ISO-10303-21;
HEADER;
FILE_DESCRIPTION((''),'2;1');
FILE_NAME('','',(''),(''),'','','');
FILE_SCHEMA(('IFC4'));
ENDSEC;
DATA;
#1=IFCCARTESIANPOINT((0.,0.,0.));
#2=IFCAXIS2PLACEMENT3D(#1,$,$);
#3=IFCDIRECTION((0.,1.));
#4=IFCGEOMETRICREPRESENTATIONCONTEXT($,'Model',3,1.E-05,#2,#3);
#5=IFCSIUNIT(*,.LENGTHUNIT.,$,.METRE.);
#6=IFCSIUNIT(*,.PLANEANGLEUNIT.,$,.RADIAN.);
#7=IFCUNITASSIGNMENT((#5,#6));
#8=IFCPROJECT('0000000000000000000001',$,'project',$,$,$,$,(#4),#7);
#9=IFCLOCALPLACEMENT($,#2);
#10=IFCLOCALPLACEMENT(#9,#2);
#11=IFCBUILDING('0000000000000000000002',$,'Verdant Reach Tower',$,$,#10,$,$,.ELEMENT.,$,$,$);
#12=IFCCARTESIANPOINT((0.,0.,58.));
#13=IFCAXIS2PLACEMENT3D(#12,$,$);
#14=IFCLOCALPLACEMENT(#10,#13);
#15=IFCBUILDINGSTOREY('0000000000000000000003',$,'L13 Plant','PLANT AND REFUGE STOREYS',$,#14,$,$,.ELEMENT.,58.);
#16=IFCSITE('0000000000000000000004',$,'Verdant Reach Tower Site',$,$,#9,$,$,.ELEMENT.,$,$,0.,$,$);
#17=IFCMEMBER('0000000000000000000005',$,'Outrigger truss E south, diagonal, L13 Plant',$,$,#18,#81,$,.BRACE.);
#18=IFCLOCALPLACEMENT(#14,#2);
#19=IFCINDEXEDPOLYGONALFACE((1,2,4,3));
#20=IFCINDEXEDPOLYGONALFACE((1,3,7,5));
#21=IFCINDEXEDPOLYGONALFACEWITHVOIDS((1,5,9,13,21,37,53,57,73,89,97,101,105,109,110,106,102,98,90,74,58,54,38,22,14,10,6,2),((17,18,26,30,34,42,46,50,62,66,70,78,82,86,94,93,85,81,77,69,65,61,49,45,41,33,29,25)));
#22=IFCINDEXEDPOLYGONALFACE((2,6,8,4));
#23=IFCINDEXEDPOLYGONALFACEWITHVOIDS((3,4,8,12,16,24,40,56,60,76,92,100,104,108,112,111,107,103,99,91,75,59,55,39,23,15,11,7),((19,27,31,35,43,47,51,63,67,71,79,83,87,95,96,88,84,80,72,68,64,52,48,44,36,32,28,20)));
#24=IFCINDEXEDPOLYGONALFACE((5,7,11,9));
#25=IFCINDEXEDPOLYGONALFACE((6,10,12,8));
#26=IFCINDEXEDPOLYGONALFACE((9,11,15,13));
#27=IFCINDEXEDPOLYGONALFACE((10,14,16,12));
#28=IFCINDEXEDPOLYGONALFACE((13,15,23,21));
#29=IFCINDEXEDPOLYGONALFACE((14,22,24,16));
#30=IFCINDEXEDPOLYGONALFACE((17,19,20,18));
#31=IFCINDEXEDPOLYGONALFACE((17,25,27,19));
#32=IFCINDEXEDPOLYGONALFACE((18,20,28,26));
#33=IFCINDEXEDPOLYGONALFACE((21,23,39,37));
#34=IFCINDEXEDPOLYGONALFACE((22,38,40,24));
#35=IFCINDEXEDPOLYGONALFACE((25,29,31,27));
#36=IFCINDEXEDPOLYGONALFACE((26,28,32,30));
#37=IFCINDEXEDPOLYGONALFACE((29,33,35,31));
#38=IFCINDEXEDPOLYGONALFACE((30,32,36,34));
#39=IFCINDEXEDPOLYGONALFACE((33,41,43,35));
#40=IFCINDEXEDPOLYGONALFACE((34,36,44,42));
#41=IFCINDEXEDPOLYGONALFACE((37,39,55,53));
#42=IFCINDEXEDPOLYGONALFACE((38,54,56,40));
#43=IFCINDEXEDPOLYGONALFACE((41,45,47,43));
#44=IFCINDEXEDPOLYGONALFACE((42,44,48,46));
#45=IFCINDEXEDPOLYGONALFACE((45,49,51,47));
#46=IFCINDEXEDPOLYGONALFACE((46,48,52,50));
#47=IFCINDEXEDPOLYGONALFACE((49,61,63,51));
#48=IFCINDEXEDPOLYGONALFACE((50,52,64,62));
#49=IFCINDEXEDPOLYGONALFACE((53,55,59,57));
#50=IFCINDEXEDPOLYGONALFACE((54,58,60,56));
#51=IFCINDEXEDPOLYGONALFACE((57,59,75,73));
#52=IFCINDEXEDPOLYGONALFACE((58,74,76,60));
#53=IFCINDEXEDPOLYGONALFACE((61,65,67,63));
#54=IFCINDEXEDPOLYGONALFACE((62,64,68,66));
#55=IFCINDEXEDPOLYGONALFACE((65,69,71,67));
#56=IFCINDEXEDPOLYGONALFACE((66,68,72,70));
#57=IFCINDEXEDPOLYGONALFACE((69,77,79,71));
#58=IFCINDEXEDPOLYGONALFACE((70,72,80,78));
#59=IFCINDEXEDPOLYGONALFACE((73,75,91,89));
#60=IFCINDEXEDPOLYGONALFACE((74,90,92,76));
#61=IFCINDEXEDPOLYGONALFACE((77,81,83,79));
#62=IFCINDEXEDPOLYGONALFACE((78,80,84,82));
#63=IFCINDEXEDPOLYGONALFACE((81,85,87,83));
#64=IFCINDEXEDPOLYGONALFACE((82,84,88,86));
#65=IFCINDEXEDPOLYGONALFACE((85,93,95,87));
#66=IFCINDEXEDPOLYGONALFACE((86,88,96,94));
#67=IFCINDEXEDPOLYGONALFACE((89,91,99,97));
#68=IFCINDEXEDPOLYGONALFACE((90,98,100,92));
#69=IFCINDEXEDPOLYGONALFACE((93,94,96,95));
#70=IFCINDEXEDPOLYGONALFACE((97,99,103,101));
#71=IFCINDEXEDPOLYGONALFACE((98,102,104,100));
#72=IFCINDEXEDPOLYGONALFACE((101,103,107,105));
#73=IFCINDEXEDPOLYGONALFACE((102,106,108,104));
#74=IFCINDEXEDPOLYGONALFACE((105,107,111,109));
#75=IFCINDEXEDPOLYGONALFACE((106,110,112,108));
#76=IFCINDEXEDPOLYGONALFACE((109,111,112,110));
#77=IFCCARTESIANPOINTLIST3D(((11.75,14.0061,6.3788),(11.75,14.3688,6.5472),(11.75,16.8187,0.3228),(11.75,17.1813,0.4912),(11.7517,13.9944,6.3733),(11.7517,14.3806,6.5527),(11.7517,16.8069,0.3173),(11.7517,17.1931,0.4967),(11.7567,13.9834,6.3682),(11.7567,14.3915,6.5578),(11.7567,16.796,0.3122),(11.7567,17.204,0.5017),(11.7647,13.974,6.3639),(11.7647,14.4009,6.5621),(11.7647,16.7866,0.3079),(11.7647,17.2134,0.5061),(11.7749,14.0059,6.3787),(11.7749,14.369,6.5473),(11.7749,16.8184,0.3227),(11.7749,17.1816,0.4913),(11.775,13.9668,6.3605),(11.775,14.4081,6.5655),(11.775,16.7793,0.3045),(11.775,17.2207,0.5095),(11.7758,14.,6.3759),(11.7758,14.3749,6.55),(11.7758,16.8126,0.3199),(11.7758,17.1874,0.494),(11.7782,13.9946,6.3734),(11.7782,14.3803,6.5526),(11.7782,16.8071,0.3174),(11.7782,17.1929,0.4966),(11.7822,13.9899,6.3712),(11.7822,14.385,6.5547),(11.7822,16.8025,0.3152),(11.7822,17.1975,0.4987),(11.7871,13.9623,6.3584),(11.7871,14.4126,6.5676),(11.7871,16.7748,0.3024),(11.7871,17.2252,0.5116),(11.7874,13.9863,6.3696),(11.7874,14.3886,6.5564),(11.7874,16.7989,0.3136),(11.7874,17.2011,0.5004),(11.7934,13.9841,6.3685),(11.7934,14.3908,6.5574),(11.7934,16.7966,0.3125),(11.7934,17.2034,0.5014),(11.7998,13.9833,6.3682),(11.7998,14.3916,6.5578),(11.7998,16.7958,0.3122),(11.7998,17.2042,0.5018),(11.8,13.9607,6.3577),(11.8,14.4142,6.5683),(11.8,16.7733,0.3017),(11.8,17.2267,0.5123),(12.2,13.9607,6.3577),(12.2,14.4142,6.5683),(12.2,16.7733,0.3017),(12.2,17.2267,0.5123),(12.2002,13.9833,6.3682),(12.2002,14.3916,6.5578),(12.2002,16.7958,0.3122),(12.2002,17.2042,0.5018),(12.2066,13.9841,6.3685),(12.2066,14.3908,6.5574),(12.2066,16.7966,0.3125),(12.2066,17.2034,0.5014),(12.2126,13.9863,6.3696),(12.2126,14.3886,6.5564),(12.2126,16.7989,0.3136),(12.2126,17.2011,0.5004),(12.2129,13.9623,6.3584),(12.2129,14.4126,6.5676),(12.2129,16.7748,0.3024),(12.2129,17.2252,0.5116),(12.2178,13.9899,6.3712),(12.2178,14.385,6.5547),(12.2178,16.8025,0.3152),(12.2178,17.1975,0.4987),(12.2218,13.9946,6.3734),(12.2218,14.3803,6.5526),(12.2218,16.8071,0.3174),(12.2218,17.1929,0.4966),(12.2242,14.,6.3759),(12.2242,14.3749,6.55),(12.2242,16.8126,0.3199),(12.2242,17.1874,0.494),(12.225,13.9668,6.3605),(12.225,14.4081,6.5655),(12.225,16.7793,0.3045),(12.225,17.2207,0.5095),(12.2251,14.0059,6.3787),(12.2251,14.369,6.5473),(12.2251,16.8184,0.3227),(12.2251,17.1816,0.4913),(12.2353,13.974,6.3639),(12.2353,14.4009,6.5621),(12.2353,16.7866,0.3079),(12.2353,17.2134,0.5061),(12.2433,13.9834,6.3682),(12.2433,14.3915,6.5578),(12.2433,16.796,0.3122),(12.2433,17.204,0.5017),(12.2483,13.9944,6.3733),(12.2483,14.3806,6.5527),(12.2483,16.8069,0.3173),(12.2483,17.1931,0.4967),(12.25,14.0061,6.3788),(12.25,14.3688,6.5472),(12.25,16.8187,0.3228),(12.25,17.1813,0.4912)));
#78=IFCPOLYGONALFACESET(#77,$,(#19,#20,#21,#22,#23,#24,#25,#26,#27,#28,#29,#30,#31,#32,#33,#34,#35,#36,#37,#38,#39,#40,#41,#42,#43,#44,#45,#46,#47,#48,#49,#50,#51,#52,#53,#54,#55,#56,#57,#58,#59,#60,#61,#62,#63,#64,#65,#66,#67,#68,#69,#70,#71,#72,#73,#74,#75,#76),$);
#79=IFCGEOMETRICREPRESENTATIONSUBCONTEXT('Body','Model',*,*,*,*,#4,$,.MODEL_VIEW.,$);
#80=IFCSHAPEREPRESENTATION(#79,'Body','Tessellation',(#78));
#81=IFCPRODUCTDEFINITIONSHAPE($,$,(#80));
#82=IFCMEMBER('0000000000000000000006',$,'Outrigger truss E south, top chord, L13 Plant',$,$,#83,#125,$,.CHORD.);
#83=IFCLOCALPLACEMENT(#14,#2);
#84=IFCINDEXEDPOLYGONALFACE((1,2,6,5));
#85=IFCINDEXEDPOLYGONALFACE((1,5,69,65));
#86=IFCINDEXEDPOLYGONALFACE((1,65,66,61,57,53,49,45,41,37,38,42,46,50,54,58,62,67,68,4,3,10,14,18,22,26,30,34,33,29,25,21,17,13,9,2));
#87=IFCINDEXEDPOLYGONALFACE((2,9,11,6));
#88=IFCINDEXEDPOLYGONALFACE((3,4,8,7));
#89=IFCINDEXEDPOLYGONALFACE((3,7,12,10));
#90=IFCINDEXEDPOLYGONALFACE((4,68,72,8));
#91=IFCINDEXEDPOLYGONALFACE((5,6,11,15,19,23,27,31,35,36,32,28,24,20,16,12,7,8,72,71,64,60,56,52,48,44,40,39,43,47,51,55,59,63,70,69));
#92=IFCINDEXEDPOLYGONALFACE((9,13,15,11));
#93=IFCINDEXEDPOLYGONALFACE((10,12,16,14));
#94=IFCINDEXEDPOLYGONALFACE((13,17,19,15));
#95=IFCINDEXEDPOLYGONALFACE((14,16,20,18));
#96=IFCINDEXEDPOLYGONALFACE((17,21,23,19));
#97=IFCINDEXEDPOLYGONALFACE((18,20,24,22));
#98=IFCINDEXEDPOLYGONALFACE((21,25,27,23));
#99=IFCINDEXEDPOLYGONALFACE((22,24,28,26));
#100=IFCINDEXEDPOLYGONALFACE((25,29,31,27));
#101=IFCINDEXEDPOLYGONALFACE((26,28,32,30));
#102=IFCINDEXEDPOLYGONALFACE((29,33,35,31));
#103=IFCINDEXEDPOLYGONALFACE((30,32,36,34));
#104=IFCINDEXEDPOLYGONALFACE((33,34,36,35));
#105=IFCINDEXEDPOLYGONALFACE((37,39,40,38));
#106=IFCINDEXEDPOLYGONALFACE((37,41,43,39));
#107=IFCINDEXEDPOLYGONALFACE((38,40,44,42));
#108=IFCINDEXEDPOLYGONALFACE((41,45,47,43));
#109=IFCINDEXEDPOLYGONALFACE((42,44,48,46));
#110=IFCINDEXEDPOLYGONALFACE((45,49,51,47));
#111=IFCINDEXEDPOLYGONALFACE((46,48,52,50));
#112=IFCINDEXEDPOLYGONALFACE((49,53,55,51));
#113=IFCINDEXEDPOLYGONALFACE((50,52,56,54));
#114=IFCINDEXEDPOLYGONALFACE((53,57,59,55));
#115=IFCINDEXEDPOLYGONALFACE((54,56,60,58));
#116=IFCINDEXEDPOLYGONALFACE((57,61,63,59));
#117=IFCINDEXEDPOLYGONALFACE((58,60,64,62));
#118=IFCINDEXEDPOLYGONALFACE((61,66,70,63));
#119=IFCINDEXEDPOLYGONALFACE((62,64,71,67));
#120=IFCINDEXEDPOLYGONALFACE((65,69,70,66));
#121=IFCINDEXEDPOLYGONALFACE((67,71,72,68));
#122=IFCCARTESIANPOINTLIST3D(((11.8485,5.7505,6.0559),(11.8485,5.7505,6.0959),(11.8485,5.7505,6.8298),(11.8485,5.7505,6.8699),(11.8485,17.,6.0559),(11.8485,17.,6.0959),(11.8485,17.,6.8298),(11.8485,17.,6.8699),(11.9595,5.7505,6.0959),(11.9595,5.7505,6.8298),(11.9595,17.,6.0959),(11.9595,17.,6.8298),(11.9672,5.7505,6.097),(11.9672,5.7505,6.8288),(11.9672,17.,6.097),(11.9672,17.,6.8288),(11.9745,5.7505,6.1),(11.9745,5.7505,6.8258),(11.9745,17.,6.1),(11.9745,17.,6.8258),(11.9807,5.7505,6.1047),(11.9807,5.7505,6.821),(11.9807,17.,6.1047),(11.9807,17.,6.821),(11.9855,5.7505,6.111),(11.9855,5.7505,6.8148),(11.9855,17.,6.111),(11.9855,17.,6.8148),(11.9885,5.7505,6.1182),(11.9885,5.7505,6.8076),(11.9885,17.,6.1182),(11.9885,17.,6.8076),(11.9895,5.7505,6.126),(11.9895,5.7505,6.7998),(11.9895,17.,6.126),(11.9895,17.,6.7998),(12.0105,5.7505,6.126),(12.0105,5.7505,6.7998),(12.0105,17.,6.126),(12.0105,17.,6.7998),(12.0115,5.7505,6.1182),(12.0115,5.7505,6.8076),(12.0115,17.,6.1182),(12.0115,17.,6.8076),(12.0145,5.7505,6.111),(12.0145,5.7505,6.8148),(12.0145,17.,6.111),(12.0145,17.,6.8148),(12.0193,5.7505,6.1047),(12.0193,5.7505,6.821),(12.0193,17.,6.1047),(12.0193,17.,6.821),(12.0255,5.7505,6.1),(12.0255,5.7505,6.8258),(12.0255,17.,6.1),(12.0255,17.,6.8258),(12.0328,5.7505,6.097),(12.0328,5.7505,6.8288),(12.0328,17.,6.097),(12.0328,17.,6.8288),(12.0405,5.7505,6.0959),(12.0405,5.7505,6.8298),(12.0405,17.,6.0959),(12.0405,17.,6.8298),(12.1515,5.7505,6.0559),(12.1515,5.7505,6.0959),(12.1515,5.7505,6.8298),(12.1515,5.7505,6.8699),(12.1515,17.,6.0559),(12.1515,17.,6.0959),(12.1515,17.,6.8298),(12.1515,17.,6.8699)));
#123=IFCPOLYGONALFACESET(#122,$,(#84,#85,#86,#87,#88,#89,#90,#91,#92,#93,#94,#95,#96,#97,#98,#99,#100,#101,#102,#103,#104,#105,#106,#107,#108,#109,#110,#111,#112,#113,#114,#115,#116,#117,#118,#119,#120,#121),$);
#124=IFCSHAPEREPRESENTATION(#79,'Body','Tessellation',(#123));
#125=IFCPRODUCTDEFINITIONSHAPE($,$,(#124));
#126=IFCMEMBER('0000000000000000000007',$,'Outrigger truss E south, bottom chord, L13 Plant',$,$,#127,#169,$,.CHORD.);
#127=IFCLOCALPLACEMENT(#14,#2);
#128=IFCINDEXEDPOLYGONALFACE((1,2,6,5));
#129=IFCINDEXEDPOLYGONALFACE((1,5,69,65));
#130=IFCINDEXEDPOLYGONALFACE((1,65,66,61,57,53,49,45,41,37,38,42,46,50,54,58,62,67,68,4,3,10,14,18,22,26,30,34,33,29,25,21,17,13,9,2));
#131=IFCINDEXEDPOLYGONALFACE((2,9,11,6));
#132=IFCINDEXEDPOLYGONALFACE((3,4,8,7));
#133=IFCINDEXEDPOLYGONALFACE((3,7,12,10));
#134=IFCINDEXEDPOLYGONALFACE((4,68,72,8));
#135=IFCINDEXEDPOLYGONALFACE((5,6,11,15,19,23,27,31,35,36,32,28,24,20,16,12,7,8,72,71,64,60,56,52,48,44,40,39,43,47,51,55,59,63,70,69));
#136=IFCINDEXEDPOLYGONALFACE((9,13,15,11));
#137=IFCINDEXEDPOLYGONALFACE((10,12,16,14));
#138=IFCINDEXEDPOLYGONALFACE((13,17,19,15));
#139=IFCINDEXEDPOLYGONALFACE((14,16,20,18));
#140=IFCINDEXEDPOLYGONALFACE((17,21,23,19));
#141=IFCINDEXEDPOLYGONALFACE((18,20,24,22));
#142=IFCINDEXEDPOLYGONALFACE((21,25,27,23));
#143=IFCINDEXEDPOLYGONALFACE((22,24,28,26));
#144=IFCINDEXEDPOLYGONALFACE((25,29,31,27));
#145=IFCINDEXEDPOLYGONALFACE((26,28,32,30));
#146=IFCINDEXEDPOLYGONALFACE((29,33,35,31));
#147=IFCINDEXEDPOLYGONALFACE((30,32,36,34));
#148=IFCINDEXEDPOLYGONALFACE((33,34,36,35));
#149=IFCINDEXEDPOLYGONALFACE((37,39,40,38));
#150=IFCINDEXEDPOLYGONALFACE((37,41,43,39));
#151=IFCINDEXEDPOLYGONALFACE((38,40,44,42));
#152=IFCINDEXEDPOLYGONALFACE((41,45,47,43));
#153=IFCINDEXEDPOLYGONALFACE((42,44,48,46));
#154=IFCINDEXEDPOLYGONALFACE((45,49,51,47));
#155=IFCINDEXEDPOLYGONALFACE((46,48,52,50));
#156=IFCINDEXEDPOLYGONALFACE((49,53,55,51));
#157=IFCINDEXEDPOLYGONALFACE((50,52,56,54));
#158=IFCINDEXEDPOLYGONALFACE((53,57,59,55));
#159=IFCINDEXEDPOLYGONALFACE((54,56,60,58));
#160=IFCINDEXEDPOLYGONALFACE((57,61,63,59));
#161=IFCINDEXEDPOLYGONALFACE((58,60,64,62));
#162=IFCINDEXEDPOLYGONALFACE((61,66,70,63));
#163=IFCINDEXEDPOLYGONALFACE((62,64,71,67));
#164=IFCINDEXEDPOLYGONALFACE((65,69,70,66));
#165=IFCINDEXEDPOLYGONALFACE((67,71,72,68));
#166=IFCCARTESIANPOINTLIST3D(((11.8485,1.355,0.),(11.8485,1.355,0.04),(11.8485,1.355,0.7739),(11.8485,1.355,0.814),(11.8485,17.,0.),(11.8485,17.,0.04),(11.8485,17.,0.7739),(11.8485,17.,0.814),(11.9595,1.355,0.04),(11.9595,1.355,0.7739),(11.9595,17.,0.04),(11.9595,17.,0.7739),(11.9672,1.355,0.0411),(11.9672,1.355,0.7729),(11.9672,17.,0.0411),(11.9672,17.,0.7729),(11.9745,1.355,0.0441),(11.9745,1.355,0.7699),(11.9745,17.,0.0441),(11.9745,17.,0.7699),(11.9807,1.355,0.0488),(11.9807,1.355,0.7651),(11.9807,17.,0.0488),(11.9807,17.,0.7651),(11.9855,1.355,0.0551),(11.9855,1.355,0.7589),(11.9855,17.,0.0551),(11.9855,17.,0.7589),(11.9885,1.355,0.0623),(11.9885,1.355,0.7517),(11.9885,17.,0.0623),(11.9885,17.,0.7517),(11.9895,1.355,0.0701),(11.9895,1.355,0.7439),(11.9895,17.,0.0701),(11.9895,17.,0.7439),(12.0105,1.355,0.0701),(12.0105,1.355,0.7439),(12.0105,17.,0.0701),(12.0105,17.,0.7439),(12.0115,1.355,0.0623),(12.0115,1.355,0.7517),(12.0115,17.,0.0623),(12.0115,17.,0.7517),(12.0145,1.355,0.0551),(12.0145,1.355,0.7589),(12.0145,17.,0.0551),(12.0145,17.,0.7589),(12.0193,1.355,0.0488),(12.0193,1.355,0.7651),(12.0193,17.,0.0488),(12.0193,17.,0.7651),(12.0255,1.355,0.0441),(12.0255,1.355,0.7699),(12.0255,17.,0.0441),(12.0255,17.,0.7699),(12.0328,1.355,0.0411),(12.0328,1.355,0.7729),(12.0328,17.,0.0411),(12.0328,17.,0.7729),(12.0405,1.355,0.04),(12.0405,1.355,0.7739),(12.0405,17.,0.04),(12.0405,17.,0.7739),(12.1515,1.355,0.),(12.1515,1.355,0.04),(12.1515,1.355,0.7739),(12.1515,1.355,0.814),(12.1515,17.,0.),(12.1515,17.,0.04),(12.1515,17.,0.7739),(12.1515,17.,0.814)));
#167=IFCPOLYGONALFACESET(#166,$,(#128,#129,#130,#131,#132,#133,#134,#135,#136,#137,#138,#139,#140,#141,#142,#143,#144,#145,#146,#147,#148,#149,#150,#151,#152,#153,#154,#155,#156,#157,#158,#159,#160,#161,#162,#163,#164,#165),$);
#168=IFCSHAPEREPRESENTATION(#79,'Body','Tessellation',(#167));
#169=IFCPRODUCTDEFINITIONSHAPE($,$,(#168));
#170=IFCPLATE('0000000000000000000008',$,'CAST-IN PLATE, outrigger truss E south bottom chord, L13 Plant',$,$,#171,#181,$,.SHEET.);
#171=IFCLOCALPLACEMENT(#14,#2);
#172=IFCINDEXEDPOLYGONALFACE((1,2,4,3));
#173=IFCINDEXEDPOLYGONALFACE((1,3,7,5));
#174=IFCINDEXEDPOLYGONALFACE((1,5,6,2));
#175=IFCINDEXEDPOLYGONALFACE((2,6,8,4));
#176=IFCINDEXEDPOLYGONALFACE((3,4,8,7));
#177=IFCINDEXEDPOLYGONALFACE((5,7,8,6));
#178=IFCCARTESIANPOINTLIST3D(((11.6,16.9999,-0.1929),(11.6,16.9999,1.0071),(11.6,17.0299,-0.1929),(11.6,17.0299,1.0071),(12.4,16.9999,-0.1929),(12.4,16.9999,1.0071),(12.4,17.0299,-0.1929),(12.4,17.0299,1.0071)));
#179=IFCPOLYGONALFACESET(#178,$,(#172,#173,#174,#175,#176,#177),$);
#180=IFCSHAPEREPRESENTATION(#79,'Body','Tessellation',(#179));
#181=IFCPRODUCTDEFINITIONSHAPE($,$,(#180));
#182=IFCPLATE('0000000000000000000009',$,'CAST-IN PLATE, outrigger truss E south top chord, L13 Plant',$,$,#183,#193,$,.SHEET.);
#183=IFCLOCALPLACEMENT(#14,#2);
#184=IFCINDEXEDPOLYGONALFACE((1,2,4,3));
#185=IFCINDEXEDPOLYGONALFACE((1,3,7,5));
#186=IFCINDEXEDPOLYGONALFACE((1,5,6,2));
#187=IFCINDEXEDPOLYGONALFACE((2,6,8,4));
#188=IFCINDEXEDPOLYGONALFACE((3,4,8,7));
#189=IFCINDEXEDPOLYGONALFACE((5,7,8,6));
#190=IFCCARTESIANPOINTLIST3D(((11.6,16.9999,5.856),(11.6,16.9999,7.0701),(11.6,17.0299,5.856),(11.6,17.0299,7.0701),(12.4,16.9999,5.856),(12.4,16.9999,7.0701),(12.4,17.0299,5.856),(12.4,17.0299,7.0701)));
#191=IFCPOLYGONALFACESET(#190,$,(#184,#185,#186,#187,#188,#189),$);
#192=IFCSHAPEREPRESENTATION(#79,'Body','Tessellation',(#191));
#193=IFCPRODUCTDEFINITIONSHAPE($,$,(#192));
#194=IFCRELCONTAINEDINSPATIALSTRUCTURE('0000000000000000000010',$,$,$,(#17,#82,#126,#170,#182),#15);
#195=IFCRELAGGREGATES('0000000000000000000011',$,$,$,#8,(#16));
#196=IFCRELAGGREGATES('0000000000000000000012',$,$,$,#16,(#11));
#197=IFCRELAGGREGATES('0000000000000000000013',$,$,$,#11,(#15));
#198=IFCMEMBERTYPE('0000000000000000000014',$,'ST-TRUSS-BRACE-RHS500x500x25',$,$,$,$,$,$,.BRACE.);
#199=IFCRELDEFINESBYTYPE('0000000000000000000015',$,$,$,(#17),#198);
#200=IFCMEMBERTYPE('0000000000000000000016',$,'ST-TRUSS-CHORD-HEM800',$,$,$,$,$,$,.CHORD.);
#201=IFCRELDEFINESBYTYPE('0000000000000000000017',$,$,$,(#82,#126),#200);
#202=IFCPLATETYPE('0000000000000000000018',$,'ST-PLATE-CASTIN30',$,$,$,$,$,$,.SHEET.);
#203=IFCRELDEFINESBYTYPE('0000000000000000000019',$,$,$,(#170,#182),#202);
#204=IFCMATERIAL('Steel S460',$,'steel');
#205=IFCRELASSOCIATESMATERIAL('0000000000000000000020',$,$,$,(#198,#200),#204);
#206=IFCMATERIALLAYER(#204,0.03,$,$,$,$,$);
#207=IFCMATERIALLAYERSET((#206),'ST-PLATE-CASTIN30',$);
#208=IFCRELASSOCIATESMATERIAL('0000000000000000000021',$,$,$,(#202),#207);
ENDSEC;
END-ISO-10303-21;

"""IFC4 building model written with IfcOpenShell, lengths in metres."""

from ifc_helpers import new_model, si_unit, direction, frame, origin, origin_2d, place, context, subcontext, project, spatial, rectangle, hollow_rectangle, i_section, extrude, material, layer, layer_set, material_profile, profile_set, type_object, element, save


model = new_model("IFC4")

# Units and contexts
model_context = context("Model", 3, precision=1e-05, world=origin(), true_north=direction((0.0, 1.0)))
body_context = subcontext(model_context, "Body", "Model", "MODEL_VIEW")
ifc_project = project(units=[si_unit("LENGTHUNIT", "METRE"), si_unit("PLANEANGLEUNIT", "RADIAN")], contexts=[model_context])

# Site, building, storey
site_placement = place(None, origin())
site = spatial("IfcSite", under=ifc_project, at=site_placement, Name="Verdant Reach Tower Site", CompositionType="ELEMENT", RefElevation=0.0)
building_placement = place(site_placement, origin())
building = spatial("IfcBuilding", under=site, at=building_placement, Name="Verdant Reach Tower", CompositionType="ELEMENT")
storey_placement = place(building_placement, frame((0.0, 0.0, 58.0)))
storey = spatial("IfcBuildingStorey", under=building, at=storey_placement, Name="L13 Plant", Description="PLANT AND REFUGE STOREYS", CompositionType="ELEMENT", Elevation=58.0)

# Members
ifc_material_1 = material(Name="Steel S460", Category="steel")
ifc_material_profile_1 = material_profile(ifc_material_1, hollow_rectangle(XDim=0.5, YDim=0.5, WallThickness=0.0249, InnerFilletRadius=0.0249, OuterFilletRadius=0.05, at=origin_2d()), Name="RHS 500x500x25")
ifc_profile_set_1 = profile_set([ifc_material_profile_1], Name="Steel S460")
member_type_1 = type_object("IfcMemberType", Name="ST-TRUSS-BRACE-RHS500x500x25", PredefinedType="BRACE", material=ifc_profile_set_1)
member_1_placement = place(storey_placement, frame((12.0, 17.0, 0.407), z_axis=(0.0, -0.421213, 0.906962), x_axis=(1.0, 0.0, 0.0)))
element("IfcMember", 1, at=member_1_placement, inside=storey, type_object=member_type_1, Name="Outrigger truss E south, diagonal, L13 Plant", PredefinedType="BRACE", context=body_context, shape_type="SweptSolid", body=[
    extrude(hollow_rectangle(XDim=0.5, YDim=0.5, WallThickness=0.0249, InnerFilletRadius=0.0249, OuterFilletRadius=0.05, at=origin_2d()), origin(), (0.0, 0.0, 1.0), 6.6772),
])
ifc_material_profile_2 = material_profile(ifc_material_1, i_section(OverallWidth=0.303, OverallDepth=0.814, WebThickness=0.021, FlangeThickness=0.04, FilletRadius=0.03, at=origin_2d()), Name="HEM 800")
ifc_profile_set_2 = profile_set([ifc_material_profile_2], Name="Steel S460")
member_type_2 = type_object("IfcMemberType", Name="ST-TRUSS-CHORD-HEM800", PredefinedType="CHORD", material=ifc_profile_set_2)
member_2_placement = place(storey_placement, frame((12.0, 17.0, 6.4629), z_axis=(0.0, -1.0, 0.0), x_axis=(1.0, 0.0, 0.0)))
element("IfcMember", 2, at=member_2_placement, inside=storey, type_object=member_type_2, Name="Outrigger truss E south, top chord, L13 Plant", PredefinedType="CHORD", context=body_context, shape_type="SweptSolid", body=[
    extrude(i_section(OverallWidth=0.303, OverallDepth=0.814, WebThickness=0.021, FlangeThickness=0.04, FilletRadius=0.03, at=origin_2d()), origin(), (0.0, 0.0, 1.0), 11.2495),
])
member_3_placement = place(storey_placement, frame((12.0, 17.0, 0.407), z_axis=(0.0, -1.0, 0.0), x_axis=(1.0, 0.0, 0.0)))
element("IfcMember", 3, at=member_3_placement, inside=storey, type_object=member_type_2, Name="Outrigger truss E south, bottom chord, L13 Plant", PredefinedType="CHORD", context=body_context, shape_type="SweptSolid", body=[
    extrude(i_section(OverallWidth=0.303, OverallDepth=0.814, WebThickness=0.021, FlangeThickness=0.04, FilletRadius=0.03, at=origin_2d()), origin(), (0.0, 0.0, 1.0), 15.645),
])

# Plates
ifc_layer_1 = layer(ifc_material_1, 0.03)
ifc_layer_set_1 = layer_set([ifc_layer_1], Name="ST-PLATE-CASTIN30")
plate_type_1 = type_object("IfcPlateType", Name="ST-PLATE-CASTIN30", PredefinedType="SHEET", material=ifc_layer_set_1)
plate_1_placement = place(storey_placement, frame((12.0, 17.0149, -0.1929), z_axis=(0.0, 0.0, 1.0), x_axis=(1.0, 0.0, 0.0)))
element("IfcPlate", 4, at=plate_1_placement, inside=storey, type_object=plate_type_1, Name="CAST-IN PLATE, outrigger truss E south bottom chord, L13 Plant", PredefinedType="SHEET", context=body_context, shape_type="SweptSolid", body=[
    extrude(rectangle(XDim=0.8, YDim=0.03, at=origin_2d()), origin(), (0.0, 0.0, 1.0), 1.2),
])
plate_2_placement = place(storey_placement, frame((12.0, 17.0149, 5.856), z_axis=(0.0, 0.0, 1.0), x_axis=(1.0, 0.0, 0.0)))
element("IfcPlate", 5, at=plate_2_placement, inside=storey, type_object=plate_type_1, Name="CAST-IN PLATE, outrigger truss E south top chord, L13 Plant", PredefinedType="SHEET", context=body_context, shape_type="SweptSolid", body=[
    extrude(rectangle(XDim=0.8, YDim=0.03, at=origin_2d()), origin(), (0.0, 0.0, 1.0), 1.2141),
])

save(model, "model.ifc")
